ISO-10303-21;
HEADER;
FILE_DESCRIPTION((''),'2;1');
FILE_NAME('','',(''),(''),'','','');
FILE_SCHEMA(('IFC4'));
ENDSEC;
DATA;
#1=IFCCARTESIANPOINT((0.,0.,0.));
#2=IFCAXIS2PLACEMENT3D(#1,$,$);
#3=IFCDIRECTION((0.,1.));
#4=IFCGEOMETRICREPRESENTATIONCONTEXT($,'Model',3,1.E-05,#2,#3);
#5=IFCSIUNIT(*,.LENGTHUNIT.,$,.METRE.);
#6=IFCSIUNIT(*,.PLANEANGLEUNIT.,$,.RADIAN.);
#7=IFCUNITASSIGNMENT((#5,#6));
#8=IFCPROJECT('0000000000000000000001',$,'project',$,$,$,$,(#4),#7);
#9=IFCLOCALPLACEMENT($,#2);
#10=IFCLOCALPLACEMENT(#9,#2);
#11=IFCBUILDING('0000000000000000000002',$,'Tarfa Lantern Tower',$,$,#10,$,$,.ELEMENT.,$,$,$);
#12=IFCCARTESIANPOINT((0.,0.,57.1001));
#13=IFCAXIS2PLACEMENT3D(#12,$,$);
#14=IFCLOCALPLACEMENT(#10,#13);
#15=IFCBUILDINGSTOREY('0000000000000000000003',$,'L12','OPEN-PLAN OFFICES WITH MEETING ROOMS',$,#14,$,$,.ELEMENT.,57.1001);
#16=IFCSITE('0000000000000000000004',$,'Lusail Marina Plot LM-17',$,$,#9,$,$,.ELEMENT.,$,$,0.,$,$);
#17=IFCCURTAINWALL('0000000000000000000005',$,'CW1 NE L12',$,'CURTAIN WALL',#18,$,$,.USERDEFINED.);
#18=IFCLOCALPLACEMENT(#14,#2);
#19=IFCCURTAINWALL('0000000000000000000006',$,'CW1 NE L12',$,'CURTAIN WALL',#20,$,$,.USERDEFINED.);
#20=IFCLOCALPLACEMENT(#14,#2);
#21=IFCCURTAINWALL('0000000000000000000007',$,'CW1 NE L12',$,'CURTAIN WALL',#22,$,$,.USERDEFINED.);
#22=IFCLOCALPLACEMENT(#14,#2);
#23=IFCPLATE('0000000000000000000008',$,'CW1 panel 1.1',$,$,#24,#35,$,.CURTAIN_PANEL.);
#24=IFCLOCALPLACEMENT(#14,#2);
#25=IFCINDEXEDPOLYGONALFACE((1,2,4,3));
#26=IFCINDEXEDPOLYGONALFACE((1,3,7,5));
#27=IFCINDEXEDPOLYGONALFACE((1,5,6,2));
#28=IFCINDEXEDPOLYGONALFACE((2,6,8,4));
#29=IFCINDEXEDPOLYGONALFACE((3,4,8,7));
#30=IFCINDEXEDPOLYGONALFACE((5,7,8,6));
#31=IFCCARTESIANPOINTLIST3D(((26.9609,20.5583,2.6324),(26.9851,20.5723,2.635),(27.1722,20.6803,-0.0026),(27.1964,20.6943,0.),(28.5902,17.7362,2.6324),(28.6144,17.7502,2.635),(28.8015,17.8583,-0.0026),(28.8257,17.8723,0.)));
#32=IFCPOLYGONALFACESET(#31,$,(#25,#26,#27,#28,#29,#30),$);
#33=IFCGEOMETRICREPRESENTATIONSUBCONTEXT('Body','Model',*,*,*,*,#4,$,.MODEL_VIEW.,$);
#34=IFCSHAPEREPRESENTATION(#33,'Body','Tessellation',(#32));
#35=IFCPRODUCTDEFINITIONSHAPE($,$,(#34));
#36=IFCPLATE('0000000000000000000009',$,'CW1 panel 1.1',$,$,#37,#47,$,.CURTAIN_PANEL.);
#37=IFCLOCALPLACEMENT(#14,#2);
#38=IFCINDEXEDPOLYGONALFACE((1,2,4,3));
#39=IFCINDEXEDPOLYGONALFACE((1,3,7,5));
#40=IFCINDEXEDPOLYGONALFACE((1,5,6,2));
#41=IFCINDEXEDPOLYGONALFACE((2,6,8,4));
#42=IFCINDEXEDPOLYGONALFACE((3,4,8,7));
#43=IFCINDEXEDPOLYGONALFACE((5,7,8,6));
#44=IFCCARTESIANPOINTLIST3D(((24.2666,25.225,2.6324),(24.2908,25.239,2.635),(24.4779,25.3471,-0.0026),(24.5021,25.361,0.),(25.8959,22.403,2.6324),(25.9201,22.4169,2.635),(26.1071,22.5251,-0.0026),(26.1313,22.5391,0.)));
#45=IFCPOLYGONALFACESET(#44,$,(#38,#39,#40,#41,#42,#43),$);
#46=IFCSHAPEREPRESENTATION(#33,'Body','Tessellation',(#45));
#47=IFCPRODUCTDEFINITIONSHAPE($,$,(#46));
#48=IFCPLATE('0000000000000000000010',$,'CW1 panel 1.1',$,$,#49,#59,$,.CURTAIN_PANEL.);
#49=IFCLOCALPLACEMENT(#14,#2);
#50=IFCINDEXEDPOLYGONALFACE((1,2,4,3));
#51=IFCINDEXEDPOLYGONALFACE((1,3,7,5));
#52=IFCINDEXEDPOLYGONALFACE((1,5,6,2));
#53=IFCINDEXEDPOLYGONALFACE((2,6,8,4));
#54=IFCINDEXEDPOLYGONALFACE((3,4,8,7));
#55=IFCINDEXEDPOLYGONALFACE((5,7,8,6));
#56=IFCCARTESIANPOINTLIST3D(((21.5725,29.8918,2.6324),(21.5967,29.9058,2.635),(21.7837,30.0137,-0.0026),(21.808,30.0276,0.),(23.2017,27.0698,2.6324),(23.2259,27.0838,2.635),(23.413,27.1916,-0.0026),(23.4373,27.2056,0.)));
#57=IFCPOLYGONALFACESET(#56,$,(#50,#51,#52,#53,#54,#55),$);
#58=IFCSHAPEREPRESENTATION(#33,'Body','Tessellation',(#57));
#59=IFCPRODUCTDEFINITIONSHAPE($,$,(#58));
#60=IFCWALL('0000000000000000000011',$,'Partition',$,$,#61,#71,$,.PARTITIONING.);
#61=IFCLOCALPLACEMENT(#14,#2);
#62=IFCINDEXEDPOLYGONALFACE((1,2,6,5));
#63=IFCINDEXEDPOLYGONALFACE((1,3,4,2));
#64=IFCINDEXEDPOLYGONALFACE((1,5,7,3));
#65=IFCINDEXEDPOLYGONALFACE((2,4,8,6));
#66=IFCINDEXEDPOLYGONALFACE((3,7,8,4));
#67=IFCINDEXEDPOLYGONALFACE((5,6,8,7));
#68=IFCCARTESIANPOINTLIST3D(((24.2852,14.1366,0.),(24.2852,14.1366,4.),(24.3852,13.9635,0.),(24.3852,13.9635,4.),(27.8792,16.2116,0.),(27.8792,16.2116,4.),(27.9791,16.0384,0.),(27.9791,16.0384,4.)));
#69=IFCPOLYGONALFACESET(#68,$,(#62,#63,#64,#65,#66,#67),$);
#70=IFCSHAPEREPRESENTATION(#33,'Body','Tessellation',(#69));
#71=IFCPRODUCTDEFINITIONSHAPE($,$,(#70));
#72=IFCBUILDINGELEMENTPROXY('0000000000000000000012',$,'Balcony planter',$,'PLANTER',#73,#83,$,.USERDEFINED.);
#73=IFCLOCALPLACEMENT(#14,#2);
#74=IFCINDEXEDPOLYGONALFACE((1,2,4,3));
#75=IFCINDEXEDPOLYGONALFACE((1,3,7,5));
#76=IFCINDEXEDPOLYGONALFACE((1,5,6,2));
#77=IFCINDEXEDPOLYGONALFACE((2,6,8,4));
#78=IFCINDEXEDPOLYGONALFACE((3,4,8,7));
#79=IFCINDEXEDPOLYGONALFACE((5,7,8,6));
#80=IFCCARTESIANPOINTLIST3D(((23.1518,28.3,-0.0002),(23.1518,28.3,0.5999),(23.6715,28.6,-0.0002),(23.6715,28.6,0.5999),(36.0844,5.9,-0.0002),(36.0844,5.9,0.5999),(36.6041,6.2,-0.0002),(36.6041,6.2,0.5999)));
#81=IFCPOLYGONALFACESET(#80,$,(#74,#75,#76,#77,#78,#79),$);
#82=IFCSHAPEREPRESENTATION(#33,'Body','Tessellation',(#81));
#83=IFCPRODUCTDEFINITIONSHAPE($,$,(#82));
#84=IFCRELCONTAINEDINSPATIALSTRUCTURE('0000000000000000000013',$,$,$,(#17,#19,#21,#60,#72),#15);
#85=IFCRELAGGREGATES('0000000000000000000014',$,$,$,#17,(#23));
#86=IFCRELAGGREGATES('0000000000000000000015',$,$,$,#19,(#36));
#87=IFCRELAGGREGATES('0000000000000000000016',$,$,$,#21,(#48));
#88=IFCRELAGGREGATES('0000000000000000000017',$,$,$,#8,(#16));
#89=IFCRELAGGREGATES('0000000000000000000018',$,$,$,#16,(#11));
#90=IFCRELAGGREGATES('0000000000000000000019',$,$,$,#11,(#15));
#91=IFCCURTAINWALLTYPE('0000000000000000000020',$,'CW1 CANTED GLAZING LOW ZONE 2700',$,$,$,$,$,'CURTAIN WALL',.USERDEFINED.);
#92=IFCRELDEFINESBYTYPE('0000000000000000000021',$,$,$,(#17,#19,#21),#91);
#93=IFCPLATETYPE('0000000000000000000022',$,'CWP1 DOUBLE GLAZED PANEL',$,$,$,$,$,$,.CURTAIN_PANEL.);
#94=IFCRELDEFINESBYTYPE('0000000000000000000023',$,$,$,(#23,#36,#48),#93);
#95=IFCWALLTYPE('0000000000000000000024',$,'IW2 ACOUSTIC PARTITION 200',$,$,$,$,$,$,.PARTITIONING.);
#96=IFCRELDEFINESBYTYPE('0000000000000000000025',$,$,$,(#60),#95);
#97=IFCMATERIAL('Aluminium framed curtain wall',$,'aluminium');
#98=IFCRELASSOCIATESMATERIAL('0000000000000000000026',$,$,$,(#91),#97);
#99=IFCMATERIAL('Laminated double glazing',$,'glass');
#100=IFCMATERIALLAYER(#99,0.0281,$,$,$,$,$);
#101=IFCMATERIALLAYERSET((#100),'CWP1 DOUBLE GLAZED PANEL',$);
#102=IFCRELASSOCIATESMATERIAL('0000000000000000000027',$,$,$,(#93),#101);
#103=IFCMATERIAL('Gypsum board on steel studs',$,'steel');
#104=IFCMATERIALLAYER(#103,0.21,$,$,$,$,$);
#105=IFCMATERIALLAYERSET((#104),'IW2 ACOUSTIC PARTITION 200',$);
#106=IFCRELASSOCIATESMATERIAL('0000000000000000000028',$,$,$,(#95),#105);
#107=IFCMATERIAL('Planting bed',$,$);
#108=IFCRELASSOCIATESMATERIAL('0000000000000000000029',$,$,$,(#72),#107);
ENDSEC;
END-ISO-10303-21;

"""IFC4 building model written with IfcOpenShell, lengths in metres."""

from ifc_helpers import new_model, si_unit, direction, frame, frame_2d, origin, origin_2d, place, context, subcontext, project, spatial, polyline, rectangle, outline, extrude, material, layer, layer_set, type_object, element, aggregate, save


model = new_model("IFC4")

# Units and contexts
model_context = context("Model", 3, precision=1e-05, world=origin(), true_north=direction((0.0, 1.0)))
body_context = subcontext(model_context, "Body", "Model", "MODEL_VIEW")
ifc_project = project(units=[si_unit("LENGTHUNIT", "METRE"), si_unit("PLANEANGLEUNIT", "RADIAN")], contexts=[model_context])

# Site, building, storey
site_placement = place(None, origin())
site = spatial("IfcSite", under=ifc_project, at=site_placement, Name="Lusail Marina Plot LM-17", CompositionType="ELEMENT", RefElevation=0.0)
building_placement = place(site_placement, origin())
building = spatial("IfcBuilding", under=site, at=building_placement, Name="Tarfa Lantern Tower", CompositionType="ELEMENT")
storey_placement = place(building_placement, frame((0.0, 0.0, 57.1001)))
storey = spatial("IfcBuildingStorey", under=building, at=storey_placement, Name="L12", Description="OPEN-PLAN OFFICES WITH MEETING ROOMS", CompositionType="ELEMENT", Elevation=57.1001)

# Shared definitions
ifc_material_1 = material(Name="Aluminium framed curtain wall", Category="aluminium")
curtain_wall_type = type_object("IfcCurtainWallType", Name="CW1 CANTED GLAZING LOW ZONE 2700", ElementType="CURTAIN WALL", PredefinedType="USERDEFINED", material=ifc_material_1)

# Curtain walls
curtain_wall_1_placement = place(storey_placement, origin())
curtain_wall_1 = element("IfcCurtainWall", 1, at=curtain_wall_1_placement, inside=storey, type_object=curtain_wall_type, Name="CW1 NE L12", ObjectType="CURTAIN WALL", PredefinedType="USERDEFINED")
curtain_wall_2_placement = place(storey_placement, origin())
curtain_wall_2 = element("IfcCurtainWall", 2, at=curtain_wall_2_placement, inside=storey, type_object=curtain_wall_type, Name="CW1 NE L12", ObjectType="CURTAIN WALL", PredefinedType="USERDEFINED")

# Curtain wall
curtain_wall_3_placement = place(storey_placement, origin())
curtain_wall_3 = element("IfcCurtainWall", 3, at=curtain_wall_3_placement, inside=storey, type_object=curtain_wall_type, Name="CW1 NE L12", ObjectType="CURTAIN WALL", PredefinedType="USERDEFINED")

# Plates
ifc_material_2 = material(Name="Laminated double glazing", Category="glass")
ifc_layer_1 = layer(ifc_material_2, 0.0281)
ifc_layer_set_1 = layer_set([ifc_layer_1], Name="CWP1 DOUBLE GLAZED PANEL")
plate_type = type_object("IfcPlateType", Name="CWP1 DOUBLE GLAZED PANEL", PredefinedType="CURTAIN_PANEL", material=ifc_layer_set_1)
plate_1_placement = place(storey_placement, frame((28.8257, 17.8723, 0.0), z_axis=(0.862338, 0.497864, 0.092216), x_axis=(-0.499995, 0.866029, -0.000003)))
plate_1 = element("IfcPlate", 4, at=plate_1_placement, type_object=plate_type, Name="CW1 panel 1.1", PredefinedType="CURTAIN_PANEL", context=body_context, shape_type="SweptSolid", body=[
    extrude(outline(polyline([(0.0, 0.0), (3.2585, 0.0), (3.2585, 2.6463), (-0.0001, 2.6463), (0.0, 0.0)])), origin(), (0.0, 0.0, -1.0), 0.0281),
])
aggregate(curtain_wall_1, [plate_1])
plate_2_placement = place(storey_placement, frame((26.1313, 22.5391, 0.0), z_axis=(0.862338, 0.497864, 0.092216), x_axis=(-0.499995, 0.866029, -0.000003)))
plate_2 = element("IfcPlate", 5, at=plate_2_placement, type_object=plate_type, Name="CW1 panel 1.1", PredefinedType="CURTAIN_PANEL", context=body_context, shape_type="SweptSolid", body=[
    extrude(outline(polyline([(0.0, 0.0), (3.2585, 0.0), (3.2585, 2.6463), (-0.0001, 2.6463), (0.0, 0.0)])), origin(), (0.0, 0.0, -1.0), 0.0281),
])
aggregate(curtain_wall_2, [plate_2])
plate_3_placement = place(storey_placement, frame((23.4373, 27.2056, 0.0), z_axis=(0.862342, 0.497867, 0.09217), x_axis=(-0.499995, 0.866028, 0.000003)))
plate_3 = element("IfcPlate", 6, at=plate_3_placement, type_object=plate_type, Name="CW1 panel 1.1", PredefinedType="CURTAIN_PANEL", context=body_context, shape_type="SweptSolid", body=[
    extrude(outline(polyline([(0.0, 0.0), (3.2586, 0.0), (3.2587, 2.6463), (0.0002, 2.6463), (0.0, 0.0)])), origin(), (0.0, 0.0, -1.0), 0.0281),
])
aggregate(curtain_wall_3, [plate_3])

# Wall
ifc_material_3 = material(Name="Gypsum board on steel studs", Category="steel")
ifc_layer_2 = layer(ifc_material_3, 0.21)
ifc_layer_set_2 = layer_set([ifc_layer_2], Name="IW2 ACOUSTIC PARTITION 200")
wall_type = type_object("IfcWallType", Name="IW2 ACOUSTIC PARTITION 200", PredefinedType="PARTITIONING", material=ifc_layer_set_2)
wall_placement = place(storey_placement, frame((24.3352, 14.05, 0.0), z_axis=(0.0, 0.0, 1.0), x_axis=(0.86603, 0.499992, 0.0)))
element("IfcWall", 7, at=wall_placement, inside=storey, type_object=wall_type, Name="Partition", PredefinedType="PARTITIONING", context=body_context, shape_type="SweptSolid", body=[
    extrude(rectangle(XDim=4.1499, YDim=0.2, at=frame_2d((2.075, 0.0))), origin(), (0.0, 0.0, 1.0), 4.0),
])

# Building element proxy
ifc_material_4 = material(Name="Planting bed")
proxy_placement = place(storey_placement, frame((29.8779, 17.25, -0.0002), z_axis=(0.0, 0.0, 1.0), x_axis=(-0.5, 0.866025, 0.0)))
element("IfcBuildingElementProxy", 8, at=proxy_placement, inside=storey, material=ifc_material_4, Name="Balcony planter", ObjectType="PLANTER", PredefinedType="USERDEFINED", context=body_context, shape_type="SweptSolid", body=[
    extrude(rectangle(XDim=25.8652, YDim=0.6001, at=origin_2d()), origin(), (0.0, 0.0, 1.0), 0.6001),
])

save(model, "model.ifc")
